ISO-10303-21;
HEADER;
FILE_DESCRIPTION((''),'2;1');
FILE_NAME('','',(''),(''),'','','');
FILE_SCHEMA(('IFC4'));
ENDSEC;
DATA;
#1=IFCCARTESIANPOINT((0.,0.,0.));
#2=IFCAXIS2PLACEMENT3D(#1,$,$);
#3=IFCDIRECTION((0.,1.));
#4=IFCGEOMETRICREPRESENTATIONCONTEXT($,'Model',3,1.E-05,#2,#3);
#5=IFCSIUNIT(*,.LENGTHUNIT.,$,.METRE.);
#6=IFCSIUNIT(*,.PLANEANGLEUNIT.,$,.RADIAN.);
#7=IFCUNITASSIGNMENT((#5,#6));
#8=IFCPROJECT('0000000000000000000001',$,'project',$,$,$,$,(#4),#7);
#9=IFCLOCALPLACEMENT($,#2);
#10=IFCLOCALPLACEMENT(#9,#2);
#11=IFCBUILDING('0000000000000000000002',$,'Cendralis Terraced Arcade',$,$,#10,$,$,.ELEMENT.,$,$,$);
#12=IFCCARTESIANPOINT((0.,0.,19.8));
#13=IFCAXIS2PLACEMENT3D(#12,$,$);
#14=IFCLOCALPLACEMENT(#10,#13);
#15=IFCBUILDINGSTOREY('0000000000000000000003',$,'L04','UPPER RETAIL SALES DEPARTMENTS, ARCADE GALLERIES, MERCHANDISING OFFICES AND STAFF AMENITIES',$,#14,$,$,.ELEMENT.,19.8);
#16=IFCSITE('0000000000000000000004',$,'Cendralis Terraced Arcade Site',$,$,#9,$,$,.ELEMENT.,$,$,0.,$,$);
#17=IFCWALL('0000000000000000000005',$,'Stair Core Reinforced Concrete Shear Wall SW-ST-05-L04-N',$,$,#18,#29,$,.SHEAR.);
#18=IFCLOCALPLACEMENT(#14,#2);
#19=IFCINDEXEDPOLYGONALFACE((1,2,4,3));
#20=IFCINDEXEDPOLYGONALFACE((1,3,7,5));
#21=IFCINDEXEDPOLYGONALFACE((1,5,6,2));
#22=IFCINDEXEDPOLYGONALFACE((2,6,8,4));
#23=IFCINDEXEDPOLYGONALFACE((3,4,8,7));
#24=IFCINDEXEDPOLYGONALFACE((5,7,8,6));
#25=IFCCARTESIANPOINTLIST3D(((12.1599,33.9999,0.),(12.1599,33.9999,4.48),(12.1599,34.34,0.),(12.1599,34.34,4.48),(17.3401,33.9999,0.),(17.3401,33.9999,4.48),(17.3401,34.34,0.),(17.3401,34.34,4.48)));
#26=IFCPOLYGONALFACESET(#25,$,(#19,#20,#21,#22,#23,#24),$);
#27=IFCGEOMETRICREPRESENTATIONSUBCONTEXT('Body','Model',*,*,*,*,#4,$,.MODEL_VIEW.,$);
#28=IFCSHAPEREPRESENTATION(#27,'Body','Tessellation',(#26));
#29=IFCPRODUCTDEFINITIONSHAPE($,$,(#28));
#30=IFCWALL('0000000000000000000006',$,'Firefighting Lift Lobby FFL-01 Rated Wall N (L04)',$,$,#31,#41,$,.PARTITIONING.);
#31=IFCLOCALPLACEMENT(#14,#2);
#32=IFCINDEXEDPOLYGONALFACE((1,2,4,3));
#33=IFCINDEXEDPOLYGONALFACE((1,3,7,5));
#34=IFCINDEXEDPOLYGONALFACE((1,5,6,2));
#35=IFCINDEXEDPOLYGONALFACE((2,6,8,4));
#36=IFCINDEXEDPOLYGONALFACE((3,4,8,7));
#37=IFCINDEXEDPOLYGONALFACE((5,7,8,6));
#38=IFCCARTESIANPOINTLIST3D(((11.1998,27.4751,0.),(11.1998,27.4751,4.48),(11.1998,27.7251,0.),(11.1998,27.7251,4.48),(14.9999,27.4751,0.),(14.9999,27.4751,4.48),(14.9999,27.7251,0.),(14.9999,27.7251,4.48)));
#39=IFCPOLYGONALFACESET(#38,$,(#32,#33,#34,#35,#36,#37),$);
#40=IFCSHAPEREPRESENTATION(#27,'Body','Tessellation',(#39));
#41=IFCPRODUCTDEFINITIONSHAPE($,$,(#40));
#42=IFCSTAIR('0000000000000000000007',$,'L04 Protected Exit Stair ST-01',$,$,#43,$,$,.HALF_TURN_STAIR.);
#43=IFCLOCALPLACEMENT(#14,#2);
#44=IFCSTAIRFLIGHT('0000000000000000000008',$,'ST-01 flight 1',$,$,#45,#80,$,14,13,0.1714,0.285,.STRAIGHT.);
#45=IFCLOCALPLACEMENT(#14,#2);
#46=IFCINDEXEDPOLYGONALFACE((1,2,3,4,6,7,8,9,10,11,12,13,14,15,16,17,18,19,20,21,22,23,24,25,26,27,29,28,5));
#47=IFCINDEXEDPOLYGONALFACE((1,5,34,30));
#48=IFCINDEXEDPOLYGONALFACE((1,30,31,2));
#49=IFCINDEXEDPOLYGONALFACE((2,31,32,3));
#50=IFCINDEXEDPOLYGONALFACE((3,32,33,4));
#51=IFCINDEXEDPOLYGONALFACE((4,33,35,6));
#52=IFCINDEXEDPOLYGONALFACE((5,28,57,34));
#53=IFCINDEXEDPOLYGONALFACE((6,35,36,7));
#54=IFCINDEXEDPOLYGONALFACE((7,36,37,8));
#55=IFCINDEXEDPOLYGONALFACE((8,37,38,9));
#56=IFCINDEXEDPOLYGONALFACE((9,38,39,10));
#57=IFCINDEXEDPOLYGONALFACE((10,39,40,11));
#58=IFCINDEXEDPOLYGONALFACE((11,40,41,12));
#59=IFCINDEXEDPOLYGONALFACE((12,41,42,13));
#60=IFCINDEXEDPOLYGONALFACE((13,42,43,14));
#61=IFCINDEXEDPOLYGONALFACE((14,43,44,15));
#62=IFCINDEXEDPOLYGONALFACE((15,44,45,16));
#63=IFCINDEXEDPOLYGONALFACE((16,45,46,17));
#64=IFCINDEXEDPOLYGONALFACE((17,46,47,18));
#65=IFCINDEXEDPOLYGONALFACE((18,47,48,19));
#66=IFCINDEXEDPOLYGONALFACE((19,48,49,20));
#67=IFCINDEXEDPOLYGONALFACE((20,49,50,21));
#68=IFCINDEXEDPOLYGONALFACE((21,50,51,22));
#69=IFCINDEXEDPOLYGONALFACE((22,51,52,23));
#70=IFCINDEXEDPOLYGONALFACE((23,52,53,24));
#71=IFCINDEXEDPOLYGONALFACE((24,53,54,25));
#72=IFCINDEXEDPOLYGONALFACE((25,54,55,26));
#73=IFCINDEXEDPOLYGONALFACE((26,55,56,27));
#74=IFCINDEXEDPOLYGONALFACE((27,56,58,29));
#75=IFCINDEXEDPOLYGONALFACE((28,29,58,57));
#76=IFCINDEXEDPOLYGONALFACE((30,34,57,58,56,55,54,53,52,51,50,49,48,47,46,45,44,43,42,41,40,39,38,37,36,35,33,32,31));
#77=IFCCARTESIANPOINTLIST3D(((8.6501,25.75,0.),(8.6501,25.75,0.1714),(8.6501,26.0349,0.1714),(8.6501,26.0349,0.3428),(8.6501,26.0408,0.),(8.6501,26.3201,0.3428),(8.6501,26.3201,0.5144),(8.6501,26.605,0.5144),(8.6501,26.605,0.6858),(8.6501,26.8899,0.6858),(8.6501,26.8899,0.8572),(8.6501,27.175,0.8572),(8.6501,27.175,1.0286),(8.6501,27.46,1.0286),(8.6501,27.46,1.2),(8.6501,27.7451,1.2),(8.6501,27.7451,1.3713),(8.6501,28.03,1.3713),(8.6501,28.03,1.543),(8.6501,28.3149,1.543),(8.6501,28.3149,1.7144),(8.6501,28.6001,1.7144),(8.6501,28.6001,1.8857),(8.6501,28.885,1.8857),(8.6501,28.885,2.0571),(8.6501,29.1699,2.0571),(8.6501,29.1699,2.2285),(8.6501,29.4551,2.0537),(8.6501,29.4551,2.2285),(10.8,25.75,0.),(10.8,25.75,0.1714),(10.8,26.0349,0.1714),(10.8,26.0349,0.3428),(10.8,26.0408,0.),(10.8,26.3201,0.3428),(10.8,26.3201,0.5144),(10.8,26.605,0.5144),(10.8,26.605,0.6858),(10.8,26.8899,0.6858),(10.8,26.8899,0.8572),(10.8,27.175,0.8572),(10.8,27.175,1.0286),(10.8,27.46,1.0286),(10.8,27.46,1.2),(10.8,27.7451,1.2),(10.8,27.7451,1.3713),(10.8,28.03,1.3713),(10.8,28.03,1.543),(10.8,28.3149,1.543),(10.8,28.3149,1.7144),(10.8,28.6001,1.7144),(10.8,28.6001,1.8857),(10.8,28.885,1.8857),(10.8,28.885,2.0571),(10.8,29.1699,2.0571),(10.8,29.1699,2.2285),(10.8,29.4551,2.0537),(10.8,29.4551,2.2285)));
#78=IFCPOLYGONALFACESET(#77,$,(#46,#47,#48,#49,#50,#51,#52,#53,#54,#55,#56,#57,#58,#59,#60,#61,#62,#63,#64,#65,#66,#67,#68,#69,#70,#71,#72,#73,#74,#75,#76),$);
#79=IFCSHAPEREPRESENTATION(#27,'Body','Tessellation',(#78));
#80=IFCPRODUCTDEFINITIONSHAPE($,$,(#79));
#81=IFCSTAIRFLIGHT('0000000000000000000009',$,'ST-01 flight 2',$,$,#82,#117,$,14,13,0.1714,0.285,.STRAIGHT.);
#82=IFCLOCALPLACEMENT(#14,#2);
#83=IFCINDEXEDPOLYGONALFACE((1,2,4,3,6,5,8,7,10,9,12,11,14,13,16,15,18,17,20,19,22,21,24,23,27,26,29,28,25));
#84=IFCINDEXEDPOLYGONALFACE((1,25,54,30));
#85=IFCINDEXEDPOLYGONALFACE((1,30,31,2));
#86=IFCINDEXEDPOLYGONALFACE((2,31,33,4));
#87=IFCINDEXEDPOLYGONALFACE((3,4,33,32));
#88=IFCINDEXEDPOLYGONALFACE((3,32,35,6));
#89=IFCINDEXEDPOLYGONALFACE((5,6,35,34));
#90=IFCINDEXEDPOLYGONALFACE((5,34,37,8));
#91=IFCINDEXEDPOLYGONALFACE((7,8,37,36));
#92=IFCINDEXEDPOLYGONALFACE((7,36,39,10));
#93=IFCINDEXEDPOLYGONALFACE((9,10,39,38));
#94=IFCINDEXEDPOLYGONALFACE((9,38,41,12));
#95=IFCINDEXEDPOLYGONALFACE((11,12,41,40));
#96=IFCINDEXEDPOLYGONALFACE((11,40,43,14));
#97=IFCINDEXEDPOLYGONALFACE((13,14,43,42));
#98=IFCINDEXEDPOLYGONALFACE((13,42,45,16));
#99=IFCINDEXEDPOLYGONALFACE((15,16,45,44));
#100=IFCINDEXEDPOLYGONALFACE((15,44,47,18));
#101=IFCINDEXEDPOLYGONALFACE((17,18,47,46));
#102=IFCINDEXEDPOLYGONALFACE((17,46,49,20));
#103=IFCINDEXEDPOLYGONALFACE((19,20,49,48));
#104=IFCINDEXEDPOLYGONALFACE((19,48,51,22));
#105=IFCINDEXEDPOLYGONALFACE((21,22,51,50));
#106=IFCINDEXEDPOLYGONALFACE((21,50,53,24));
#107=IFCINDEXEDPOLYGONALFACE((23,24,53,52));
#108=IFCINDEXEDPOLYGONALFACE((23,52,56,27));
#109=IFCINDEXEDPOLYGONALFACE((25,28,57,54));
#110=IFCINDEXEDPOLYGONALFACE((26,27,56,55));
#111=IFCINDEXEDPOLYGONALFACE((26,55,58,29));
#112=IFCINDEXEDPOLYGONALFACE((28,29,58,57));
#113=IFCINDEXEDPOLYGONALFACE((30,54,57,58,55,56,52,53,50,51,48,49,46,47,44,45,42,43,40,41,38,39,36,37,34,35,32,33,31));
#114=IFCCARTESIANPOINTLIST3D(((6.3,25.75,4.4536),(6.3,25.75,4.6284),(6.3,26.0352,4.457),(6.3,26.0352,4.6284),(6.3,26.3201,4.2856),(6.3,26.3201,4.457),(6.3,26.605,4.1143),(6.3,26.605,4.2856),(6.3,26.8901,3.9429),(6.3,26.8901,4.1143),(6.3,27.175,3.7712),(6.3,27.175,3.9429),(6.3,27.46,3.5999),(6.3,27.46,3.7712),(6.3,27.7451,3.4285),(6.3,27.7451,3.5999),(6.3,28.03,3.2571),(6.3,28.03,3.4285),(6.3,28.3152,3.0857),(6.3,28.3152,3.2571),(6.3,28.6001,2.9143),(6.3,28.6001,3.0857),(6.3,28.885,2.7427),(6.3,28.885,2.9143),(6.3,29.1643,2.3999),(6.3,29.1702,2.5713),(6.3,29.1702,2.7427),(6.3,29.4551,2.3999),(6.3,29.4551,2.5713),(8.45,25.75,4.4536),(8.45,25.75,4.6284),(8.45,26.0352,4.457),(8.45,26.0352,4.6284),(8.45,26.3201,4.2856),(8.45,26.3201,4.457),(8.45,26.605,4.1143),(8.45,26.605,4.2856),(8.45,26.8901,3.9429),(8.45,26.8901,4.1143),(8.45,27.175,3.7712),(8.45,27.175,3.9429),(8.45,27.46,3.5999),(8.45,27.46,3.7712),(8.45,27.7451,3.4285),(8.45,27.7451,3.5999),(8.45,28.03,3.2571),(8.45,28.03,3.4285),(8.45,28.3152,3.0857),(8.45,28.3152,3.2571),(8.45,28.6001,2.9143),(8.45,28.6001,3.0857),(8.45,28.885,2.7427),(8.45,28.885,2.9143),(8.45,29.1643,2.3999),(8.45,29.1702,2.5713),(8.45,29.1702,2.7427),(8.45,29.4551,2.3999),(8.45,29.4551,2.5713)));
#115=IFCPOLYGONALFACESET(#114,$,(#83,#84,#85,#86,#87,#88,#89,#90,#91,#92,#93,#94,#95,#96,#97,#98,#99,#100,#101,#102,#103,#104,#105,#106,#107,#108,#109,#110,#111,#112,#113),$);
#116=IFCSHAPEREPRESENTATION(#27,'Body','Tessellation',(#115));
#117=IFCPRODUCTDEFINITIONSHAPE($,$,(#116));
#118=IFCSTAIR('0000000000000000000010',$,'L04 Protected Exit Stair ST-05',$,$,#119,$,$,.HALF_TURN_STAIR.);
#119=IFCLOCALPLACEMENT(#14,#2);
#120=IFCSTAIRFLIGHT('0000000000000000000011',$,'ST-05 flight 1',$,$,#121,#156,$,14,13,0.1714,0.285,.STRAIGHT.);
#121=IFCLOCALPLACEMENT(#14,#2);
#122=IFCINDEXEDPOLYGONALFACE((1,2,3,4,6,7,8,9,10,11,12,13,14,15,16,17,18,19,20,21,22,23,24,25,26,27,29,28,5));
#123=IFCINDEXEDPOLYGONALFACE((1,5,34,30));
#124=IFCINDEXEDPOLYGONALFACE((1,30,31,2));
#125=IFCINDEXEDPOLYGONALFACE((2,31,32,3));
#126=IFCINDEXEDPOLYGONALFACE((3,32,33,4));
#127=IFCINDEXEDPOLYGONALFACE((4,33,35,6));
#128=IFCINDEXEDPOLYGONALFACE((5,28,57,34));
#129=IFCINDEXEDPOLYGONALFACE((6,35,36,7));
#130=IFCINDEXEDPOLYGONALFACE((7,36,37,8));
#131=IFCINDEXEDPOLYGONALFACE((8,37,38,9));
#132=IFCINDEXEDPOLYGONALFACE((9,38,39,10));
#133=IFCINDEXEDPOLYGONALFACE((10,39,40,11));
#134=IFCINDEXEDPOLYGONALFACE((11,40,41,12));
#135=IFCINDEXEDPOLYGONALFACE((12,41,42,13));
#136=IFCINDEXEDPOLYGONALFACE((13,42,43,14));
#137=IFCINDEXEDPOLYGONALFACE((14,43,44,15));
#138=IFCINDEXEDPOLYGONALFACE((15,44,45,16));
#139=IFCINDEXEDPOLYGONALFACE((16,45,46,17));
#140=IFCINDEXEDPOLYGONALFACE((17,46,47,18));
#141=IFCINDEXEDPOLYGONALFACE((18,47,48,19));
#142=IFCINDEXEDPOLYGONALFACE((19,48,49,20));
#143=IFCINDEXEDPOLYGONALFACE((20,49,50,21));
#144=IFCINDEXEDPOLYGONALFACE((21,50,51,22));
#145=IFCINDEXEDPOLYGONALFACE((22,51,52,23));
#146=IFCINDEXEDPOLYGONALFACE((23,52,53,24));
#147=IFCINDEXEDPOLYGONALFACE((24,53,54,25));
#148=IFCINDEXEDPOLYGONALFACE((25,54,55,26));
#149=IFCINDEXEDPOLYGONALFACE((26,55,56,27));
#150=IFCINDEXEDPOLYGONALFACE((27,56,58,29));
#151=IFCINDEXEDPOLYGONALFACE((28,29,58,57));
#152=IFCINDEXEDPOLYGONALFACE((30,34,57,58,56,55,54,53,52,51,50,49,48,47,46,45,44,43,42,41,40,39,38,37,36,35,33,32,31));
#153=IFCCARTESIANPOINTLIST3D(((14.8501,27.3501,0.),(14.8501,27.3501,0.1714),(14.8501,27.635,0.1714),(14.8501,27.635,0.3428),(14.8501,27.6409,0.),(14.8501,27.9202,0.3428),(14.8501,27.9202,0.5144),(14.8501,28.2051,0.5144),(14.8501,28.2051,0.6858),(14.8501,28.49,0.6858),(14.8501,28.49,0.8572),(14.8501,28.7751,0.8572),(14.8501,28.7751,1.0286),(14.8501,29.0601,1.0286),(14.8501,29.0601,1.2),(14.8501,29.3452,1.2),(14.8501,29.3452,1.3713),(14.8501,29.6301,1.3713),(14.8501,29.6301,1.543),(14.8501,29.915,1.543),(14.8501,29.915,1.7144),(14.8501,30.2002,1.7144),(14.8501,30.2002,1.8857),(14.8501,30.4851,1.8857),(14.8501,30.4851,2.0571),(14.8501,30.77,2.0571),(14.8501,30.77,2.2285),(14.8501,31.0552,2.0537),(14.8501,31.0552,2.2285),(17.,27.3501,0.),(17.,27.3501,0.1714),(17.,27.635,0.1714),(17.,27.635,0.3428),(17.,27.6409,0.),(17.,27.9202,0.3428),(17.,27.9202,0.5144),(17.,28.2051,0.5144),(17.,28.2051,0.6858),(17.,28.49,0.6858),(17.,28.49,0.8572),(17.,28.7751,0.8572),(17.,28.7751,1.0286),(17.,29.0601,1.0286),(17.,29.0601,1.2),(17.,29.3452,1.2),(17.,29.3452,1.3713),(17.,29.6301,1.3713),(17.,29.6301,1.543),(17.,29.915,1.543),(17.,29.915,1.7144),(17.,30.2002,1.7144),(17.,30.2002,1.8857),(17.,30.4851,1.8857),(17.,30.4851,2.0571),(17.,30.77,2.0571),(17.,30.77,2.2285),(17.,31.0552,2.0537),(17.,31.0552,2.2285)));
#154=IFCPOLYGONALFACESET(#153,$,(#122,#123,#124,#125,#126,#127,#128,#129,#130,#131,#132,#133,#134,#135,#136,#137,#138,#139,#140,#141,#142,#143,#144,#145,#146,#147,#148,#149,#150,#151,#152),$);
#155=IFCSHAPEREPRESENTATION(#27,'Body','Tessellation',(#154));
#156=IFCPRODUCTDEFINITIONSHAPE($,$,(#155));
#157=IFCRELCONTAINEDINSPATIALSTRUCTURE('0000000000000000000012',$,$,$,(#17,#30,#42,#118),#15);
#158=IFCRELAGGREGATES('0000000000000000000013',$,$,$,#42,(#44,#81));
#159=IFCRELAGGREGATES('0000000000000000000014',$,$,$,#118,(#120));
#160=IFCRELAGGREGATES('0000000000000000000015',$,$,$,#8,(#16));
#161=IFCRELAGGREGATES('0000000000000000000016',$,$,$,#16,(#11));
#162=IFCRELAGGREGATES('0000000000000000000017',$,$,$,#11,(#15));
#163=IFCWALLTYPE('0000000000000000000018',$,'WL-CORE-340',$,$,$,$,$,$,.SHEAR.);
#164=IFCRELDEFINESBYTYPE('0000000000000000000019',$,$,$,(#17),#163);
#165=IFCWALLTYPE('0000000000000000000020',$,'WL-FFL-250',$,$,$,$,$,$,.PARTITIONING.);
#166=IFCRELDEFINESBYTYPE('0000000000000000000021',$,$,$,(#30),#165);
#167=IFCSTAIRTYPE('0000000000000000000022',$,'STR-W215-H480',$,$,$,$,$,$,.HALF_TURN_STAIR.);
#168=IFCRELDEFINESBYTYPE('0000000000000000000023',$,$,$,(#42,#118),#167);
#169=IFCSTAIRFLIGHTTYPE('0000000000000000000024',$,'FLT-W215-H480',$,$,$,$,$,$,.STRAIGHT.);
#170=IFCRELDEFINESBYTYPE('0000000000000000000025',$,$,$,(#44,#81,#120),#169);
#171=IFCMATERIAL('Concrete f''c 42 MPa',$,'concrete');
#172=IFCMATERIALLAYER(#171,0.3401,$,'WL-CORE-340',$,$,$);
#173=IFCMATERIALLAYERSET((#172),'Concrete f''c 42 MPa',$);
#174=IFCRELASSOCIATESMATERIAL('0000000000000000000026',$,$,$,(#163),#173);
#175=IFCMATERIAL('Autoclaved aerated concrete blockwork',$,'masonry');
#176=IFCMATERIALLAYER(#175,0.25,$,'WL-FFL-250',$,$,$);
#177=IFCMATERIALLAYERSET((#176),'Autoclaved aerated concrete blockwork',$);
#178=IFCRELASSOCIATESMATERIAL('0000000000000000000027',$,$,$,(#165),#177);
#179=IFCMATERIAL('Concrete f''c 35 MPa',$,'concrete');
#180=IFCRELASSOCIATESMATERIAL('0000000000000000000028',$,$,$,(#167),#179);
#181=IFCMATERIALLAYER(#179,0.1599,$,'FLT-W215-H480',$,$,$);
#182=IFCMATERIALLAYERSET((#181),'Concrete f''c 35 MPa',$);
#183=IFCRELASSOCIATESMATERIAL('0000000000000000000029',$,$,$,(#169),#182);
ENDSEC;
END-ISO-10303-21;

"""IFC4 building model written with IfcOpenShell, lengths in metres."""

from ifc_helpers import new_model, si_unit, direction, frame, frame_2d, origin, place, context, subcontext, project, spatial, polyline, rectangle, outline, extrude, material, layer, layer_set, type_object, element, aggregate, save


model = new_model("IFC4")

# Units and contexts
model_context = context("Model", 3, precision=1e-05, world=origin(), true_north=direction((0.0, 1.0)))
body_context = subcontext(model_context, "Body", "Model", "MODEL_VIEW")
ifc_project = project(units=[si_unit("LENGTHUNIT", "METRE"), si_unit("PLANEANGLEUNIT", "RADIAN")], contexts=[model_context])

# Site, building, storey
site_placement = place(None, origin())
site = spatial("IfcSite", under=ifc_project, at=site_placement, Name="Cendralis Terraced Arcade Site", CompositionType="ELEMENT", RefElevation=0.0)
building_placement = place(site_placement, origin())
building = spatial("IfcBuilding", under=site, at=building_placement, Name="Cendralis Terraced Arcade", CompositionType="ELEMENT")
storey_placement = place(building_placement, frame((0.0, 0.0, 19.8)))
storey = spatial("IfcBuildingStorey", under=building, at=storey_placement, Name="L04", Description="UPPER RETAIL SALES DEPARTMENTS, ARCADE GALLERIES, MERCHANDISING OFFICES AND STAFF AMENITIES", CompositionType="ELEMENT", Elevation=19.8)

# Walls
ifc_material_1 = material(Name="Concrete f'c 42 MPa", Category="concrete")
ifc_layer_1 = layer(ifc_material_1, 0.3401, Name="WL-CORE-340")
ifc_layer_set_1 = layer_set([ifc_layer_1], Name="Concrete f'c 42 MPa")
wall_type_1 = type_object("IfcWallType", Name="WL-CORE-340", PredefinedType="SHEAR", material=ifc_layer_set_1)
wall_1_placement = place(storey_placement, frame((12.1599, 34.1699, 0.0), z_axis=(0.0, 0.0, 1.0), x_axis=(1.0, 0.0, 0.0)))
element("IfcWall", 1, at=wall_1_placement, inside=storey, type_object=wall_type_1, Name="Stair Core Reinforced Concrete Shear Wall SW-ST-05-L04-N", PredefinedType="SHEAR", context=body_context, shape_type="SweptSolid", body=[
    extrude(rectangle(XDim=5.1802, YDim=0.3401, at=frame_2d((2.5901, 0.0))), origin(), (0.0, 0.0, 1.0), 4.48),
])
ifc_material_2 = material(Name="Autoclaved aerated concrete blockwork", Category="masonry")
ifc_layer_2 = layer(ifc_material_2, 0.25, Name="WL-FFL-250")
ifc_layer_set_2 = layer_set([ifc_layer_2], Name="Autoclaved aerated concrete blockwork")
wall_type_2 = type_object("IfcWallType", Name="WL-FFL-250", PredefinedType="PARTITIONING", material=ifc_layer_set_2)
wall_2_placement = place(storey_placement, frame((11.2, 27.6001, 0.0), z_axis=(0.0, 0.0, 1.0), x_axis=(1.0, 0.0, 0.0)))
element("IfcWall", 2, at=wall_2_placement, inside=storey, type_object=wall_type_2, Name="Firefighting Lift Lobby FFL-01 Rated Wall N (L04)", PredefinedType="PARTITIONING", context=body_context, shape_type="SweptSolid", body=[
    extrude(rectangle(XDim=3.8, YDim=0.25, at=frame_2d((1.8999, 0.0))), origin(), (0.0, 0.0, 1.0), 4.48),
])

# Stairs, stair flights
ifc_material_3 = material(Name="Concrete f'c 35 MPa", Category="concrete")
stair_type = type_object("IfcStairType", Name="STR-W215-H480", PredefinedType="HALF_TURN_STAIR", material=ifc_material_3)
stair_1_placement = place(storey_placement, origin())
stair_1 = element("IfcStair", 3, at=stair_1_placement, inside=storey, type_object=stair_type, Name="L04 Protected Exit Stair ST-01", PredefinedType="HALF_TURN_STAIR")
ifc_layer_3 = layer(ifc_material_3, 0.1599, Name="FLT-W215-H480")
ifc_layer_set_3 = layer_set([ifc_layer_3], Name="Concrete f'c 35 MPa")
stair_flight_type = type_object("IfcStairFlightType", Name="FLT-W215-H480", PredefinedType="STRAIGHT", material=ifc_layer_set_3)
stair_flight_1_placement = place(storey_placement, frame((9.7251, 25.75, 0.0), z_axis=(0.0, 0.0, 1.0), x_axis=(0.0, 1.0, 0.0)))
stair_flight_1 = element("IfcStairFlight", 4, at=stair_flight_1_placement, type_object=stair_flight_type, Name="ST-01 flight 1", NumberOfRisers=14, NumberOfTreads=13, PredefinedType="STRAIGHT", RiserHeight=0.1714, TreadLength=0.285, context=body_context, shape_type="SweptSolid", body=[
    extrude(outline(polyline([(0.0, 0.0), (0.0, 0.1714), (0.2849, 0.1714), (0.2849, 0.3428), (0.5701, 0.3428), (0.5701, 0.5144), (0.855, 0.5144), (0.855, 0.6858), (1.1399, 0.6858), (1.1399, 0.8572), (1.425, 0.8572), (1.425, 1.0286), (1.71, 1.0286), (1.71, 1.2), (1.9951, 1.2), (1.9951, 1.3713), (2.28, 1.3713), (2.28, 1.543), (2.5649, 1.543), (2.5649, 1.7144), (2.8501, 1.7144), (2.8501, 1.8857), (3.135, 1.8857), (3.135, 2.0571), (3.4199, 2.0571), (3.4199, 2.2285), (3.7051, 2.2285), (3.7051, 2.3999), (3.7051, 2.0537), (0.2908, 0.0), (0.0, 0.0)])), frame((0.0, 1.075, 0.0), z_axis=(0.0, -1.0, 0.0), x_axis=(1.0, 0.0, 0.0)), (0.0, 0.0, 1.0), 2.1499),
])
stair_flight_2_placement = place(storey_placement, frame((7.375, 29.4551, 2.3999), z_axis=(0.0, 0.0, 1.0), x_axis=(0.0, -1.0, 0.0)))
stair_flight_2 = element("IfcStairFlight", 5, at=stair_flight_2_placement, type_object=stair_flight_type, Name="ST-01 flight 2", NumberOfRisers=14, NumberOfTreads=13, PredefinedType="STRAIGHT", RiserHeight=0.1714, TreadLength=0.285, context=body_context, shape_type="SweptSolid", body=[
    extrude(outline(polyline([(0.0, 0.0), (0.0, 0.1714), (0.2849, 0.1714), (0.2849, 0.3428), (0.5701, 0.3428), (0.5701, 0.5144), (0.855, 0.5144), (0.855, 0.6858), (1.1399, 0.6858), (1.1399, 0.8572), (1.425, 0.8572), (1.425, 1.0286), (1.71, 1.0286), (1.71, 1.2), (1.9951, 1.2), (1.9951, 1.3713), (2.28, 1.3713), (2.28, 1.543), (2.5649, 1.543), (2.5649, 1.7144), (2.8501, 1.7144), (2.8501, 1.8857), (3.135, 1.8857), (3.135, 2.0571), (3.4199, 2.0571), (3.4199, 2.2285), (3.7051, 2.2285), (3.7051, 2.3999), (3.7051, 2.0537), (0.2908, 0.0), (0.0, 0.0)])), frame((0.0, 1.075, 0.0), z_axis=(0.0, -1.0, 0.0), x_axis=(1.0, 0.0, 0.0)), (0.0, 0.0, 1.0), 2.1499),
])
aggregate(stair_1, [stair_flight_1, stair_flight_2])
stair_2_placement = place(storey_placement, origin())
stair_2 = element("IfcStair", 6, at=stair_2_placement, inside=storey, type_object=stair_type, Name="L04 Protected Exit Stair ST-05", PredefinedType="HALF_TURN_STAIR")
stair_flight_3_placement = place(storey_placement, frame((15.925, 27.3501, 0.0), z_axis=(0.0, 0.0, 1.0), x_axis=(0.0, 1.0, 0.0)))
stair_flight_3 = element("IfcStairFlight", 7, at=stair_flight_3_placement, type_object=stair_flight_type, Name="ST-05 flight 1", NumberOfRisers=14, NumberOfTreads=13, PredefinedType="STRAIGHT", RiserHeight=0.1714, TreadLength=0.285, context=body_context, shape_type="SweptSolid", body=[
    extrude(outline(polyline([(0.0, 0.0), (0.0, 0.1714), (0.2849, 0.1714), (0.2849, 0.3428), (0.5701, 0.3428), (0.5701, 0.5144), (0.855, 0.5144), (0.855, 0.6858), (1.1399, 0.6858), (1.1399, 0.8572), (1.425, 0.8572), (1.425, 1.0286), (1.71, 1.0286), (1.71, 1.2), (1.9951, 1.2), (1.9951, 1.3713), (2.28, 1.3713), (2.28, 1.543), (2.5649, 1.543), (2.5649, 1.7144), (2.8501, 1.7144), (2.8501, 1.8857), (3.135, 1.8857), (3.135, 2.0571), (3.4199, 2.0571), (3.4199, 2.2285), (3.7051, 2.2285), (3.7051, 2.3999), (3.7051, 2.0537), (0.2908, 0.0), (0.0, 0.0)])), frame((0.0, 1.075, 0.0), z_axis=(0.0, -1.0, 0.0), x_axis=(1.0, 0.0, 0.0)), (0.0, 0.0, 1.0), 2.1499),
])
aggregate(stair_2, [stair_flight_3])

save(model, "model.ifc")
